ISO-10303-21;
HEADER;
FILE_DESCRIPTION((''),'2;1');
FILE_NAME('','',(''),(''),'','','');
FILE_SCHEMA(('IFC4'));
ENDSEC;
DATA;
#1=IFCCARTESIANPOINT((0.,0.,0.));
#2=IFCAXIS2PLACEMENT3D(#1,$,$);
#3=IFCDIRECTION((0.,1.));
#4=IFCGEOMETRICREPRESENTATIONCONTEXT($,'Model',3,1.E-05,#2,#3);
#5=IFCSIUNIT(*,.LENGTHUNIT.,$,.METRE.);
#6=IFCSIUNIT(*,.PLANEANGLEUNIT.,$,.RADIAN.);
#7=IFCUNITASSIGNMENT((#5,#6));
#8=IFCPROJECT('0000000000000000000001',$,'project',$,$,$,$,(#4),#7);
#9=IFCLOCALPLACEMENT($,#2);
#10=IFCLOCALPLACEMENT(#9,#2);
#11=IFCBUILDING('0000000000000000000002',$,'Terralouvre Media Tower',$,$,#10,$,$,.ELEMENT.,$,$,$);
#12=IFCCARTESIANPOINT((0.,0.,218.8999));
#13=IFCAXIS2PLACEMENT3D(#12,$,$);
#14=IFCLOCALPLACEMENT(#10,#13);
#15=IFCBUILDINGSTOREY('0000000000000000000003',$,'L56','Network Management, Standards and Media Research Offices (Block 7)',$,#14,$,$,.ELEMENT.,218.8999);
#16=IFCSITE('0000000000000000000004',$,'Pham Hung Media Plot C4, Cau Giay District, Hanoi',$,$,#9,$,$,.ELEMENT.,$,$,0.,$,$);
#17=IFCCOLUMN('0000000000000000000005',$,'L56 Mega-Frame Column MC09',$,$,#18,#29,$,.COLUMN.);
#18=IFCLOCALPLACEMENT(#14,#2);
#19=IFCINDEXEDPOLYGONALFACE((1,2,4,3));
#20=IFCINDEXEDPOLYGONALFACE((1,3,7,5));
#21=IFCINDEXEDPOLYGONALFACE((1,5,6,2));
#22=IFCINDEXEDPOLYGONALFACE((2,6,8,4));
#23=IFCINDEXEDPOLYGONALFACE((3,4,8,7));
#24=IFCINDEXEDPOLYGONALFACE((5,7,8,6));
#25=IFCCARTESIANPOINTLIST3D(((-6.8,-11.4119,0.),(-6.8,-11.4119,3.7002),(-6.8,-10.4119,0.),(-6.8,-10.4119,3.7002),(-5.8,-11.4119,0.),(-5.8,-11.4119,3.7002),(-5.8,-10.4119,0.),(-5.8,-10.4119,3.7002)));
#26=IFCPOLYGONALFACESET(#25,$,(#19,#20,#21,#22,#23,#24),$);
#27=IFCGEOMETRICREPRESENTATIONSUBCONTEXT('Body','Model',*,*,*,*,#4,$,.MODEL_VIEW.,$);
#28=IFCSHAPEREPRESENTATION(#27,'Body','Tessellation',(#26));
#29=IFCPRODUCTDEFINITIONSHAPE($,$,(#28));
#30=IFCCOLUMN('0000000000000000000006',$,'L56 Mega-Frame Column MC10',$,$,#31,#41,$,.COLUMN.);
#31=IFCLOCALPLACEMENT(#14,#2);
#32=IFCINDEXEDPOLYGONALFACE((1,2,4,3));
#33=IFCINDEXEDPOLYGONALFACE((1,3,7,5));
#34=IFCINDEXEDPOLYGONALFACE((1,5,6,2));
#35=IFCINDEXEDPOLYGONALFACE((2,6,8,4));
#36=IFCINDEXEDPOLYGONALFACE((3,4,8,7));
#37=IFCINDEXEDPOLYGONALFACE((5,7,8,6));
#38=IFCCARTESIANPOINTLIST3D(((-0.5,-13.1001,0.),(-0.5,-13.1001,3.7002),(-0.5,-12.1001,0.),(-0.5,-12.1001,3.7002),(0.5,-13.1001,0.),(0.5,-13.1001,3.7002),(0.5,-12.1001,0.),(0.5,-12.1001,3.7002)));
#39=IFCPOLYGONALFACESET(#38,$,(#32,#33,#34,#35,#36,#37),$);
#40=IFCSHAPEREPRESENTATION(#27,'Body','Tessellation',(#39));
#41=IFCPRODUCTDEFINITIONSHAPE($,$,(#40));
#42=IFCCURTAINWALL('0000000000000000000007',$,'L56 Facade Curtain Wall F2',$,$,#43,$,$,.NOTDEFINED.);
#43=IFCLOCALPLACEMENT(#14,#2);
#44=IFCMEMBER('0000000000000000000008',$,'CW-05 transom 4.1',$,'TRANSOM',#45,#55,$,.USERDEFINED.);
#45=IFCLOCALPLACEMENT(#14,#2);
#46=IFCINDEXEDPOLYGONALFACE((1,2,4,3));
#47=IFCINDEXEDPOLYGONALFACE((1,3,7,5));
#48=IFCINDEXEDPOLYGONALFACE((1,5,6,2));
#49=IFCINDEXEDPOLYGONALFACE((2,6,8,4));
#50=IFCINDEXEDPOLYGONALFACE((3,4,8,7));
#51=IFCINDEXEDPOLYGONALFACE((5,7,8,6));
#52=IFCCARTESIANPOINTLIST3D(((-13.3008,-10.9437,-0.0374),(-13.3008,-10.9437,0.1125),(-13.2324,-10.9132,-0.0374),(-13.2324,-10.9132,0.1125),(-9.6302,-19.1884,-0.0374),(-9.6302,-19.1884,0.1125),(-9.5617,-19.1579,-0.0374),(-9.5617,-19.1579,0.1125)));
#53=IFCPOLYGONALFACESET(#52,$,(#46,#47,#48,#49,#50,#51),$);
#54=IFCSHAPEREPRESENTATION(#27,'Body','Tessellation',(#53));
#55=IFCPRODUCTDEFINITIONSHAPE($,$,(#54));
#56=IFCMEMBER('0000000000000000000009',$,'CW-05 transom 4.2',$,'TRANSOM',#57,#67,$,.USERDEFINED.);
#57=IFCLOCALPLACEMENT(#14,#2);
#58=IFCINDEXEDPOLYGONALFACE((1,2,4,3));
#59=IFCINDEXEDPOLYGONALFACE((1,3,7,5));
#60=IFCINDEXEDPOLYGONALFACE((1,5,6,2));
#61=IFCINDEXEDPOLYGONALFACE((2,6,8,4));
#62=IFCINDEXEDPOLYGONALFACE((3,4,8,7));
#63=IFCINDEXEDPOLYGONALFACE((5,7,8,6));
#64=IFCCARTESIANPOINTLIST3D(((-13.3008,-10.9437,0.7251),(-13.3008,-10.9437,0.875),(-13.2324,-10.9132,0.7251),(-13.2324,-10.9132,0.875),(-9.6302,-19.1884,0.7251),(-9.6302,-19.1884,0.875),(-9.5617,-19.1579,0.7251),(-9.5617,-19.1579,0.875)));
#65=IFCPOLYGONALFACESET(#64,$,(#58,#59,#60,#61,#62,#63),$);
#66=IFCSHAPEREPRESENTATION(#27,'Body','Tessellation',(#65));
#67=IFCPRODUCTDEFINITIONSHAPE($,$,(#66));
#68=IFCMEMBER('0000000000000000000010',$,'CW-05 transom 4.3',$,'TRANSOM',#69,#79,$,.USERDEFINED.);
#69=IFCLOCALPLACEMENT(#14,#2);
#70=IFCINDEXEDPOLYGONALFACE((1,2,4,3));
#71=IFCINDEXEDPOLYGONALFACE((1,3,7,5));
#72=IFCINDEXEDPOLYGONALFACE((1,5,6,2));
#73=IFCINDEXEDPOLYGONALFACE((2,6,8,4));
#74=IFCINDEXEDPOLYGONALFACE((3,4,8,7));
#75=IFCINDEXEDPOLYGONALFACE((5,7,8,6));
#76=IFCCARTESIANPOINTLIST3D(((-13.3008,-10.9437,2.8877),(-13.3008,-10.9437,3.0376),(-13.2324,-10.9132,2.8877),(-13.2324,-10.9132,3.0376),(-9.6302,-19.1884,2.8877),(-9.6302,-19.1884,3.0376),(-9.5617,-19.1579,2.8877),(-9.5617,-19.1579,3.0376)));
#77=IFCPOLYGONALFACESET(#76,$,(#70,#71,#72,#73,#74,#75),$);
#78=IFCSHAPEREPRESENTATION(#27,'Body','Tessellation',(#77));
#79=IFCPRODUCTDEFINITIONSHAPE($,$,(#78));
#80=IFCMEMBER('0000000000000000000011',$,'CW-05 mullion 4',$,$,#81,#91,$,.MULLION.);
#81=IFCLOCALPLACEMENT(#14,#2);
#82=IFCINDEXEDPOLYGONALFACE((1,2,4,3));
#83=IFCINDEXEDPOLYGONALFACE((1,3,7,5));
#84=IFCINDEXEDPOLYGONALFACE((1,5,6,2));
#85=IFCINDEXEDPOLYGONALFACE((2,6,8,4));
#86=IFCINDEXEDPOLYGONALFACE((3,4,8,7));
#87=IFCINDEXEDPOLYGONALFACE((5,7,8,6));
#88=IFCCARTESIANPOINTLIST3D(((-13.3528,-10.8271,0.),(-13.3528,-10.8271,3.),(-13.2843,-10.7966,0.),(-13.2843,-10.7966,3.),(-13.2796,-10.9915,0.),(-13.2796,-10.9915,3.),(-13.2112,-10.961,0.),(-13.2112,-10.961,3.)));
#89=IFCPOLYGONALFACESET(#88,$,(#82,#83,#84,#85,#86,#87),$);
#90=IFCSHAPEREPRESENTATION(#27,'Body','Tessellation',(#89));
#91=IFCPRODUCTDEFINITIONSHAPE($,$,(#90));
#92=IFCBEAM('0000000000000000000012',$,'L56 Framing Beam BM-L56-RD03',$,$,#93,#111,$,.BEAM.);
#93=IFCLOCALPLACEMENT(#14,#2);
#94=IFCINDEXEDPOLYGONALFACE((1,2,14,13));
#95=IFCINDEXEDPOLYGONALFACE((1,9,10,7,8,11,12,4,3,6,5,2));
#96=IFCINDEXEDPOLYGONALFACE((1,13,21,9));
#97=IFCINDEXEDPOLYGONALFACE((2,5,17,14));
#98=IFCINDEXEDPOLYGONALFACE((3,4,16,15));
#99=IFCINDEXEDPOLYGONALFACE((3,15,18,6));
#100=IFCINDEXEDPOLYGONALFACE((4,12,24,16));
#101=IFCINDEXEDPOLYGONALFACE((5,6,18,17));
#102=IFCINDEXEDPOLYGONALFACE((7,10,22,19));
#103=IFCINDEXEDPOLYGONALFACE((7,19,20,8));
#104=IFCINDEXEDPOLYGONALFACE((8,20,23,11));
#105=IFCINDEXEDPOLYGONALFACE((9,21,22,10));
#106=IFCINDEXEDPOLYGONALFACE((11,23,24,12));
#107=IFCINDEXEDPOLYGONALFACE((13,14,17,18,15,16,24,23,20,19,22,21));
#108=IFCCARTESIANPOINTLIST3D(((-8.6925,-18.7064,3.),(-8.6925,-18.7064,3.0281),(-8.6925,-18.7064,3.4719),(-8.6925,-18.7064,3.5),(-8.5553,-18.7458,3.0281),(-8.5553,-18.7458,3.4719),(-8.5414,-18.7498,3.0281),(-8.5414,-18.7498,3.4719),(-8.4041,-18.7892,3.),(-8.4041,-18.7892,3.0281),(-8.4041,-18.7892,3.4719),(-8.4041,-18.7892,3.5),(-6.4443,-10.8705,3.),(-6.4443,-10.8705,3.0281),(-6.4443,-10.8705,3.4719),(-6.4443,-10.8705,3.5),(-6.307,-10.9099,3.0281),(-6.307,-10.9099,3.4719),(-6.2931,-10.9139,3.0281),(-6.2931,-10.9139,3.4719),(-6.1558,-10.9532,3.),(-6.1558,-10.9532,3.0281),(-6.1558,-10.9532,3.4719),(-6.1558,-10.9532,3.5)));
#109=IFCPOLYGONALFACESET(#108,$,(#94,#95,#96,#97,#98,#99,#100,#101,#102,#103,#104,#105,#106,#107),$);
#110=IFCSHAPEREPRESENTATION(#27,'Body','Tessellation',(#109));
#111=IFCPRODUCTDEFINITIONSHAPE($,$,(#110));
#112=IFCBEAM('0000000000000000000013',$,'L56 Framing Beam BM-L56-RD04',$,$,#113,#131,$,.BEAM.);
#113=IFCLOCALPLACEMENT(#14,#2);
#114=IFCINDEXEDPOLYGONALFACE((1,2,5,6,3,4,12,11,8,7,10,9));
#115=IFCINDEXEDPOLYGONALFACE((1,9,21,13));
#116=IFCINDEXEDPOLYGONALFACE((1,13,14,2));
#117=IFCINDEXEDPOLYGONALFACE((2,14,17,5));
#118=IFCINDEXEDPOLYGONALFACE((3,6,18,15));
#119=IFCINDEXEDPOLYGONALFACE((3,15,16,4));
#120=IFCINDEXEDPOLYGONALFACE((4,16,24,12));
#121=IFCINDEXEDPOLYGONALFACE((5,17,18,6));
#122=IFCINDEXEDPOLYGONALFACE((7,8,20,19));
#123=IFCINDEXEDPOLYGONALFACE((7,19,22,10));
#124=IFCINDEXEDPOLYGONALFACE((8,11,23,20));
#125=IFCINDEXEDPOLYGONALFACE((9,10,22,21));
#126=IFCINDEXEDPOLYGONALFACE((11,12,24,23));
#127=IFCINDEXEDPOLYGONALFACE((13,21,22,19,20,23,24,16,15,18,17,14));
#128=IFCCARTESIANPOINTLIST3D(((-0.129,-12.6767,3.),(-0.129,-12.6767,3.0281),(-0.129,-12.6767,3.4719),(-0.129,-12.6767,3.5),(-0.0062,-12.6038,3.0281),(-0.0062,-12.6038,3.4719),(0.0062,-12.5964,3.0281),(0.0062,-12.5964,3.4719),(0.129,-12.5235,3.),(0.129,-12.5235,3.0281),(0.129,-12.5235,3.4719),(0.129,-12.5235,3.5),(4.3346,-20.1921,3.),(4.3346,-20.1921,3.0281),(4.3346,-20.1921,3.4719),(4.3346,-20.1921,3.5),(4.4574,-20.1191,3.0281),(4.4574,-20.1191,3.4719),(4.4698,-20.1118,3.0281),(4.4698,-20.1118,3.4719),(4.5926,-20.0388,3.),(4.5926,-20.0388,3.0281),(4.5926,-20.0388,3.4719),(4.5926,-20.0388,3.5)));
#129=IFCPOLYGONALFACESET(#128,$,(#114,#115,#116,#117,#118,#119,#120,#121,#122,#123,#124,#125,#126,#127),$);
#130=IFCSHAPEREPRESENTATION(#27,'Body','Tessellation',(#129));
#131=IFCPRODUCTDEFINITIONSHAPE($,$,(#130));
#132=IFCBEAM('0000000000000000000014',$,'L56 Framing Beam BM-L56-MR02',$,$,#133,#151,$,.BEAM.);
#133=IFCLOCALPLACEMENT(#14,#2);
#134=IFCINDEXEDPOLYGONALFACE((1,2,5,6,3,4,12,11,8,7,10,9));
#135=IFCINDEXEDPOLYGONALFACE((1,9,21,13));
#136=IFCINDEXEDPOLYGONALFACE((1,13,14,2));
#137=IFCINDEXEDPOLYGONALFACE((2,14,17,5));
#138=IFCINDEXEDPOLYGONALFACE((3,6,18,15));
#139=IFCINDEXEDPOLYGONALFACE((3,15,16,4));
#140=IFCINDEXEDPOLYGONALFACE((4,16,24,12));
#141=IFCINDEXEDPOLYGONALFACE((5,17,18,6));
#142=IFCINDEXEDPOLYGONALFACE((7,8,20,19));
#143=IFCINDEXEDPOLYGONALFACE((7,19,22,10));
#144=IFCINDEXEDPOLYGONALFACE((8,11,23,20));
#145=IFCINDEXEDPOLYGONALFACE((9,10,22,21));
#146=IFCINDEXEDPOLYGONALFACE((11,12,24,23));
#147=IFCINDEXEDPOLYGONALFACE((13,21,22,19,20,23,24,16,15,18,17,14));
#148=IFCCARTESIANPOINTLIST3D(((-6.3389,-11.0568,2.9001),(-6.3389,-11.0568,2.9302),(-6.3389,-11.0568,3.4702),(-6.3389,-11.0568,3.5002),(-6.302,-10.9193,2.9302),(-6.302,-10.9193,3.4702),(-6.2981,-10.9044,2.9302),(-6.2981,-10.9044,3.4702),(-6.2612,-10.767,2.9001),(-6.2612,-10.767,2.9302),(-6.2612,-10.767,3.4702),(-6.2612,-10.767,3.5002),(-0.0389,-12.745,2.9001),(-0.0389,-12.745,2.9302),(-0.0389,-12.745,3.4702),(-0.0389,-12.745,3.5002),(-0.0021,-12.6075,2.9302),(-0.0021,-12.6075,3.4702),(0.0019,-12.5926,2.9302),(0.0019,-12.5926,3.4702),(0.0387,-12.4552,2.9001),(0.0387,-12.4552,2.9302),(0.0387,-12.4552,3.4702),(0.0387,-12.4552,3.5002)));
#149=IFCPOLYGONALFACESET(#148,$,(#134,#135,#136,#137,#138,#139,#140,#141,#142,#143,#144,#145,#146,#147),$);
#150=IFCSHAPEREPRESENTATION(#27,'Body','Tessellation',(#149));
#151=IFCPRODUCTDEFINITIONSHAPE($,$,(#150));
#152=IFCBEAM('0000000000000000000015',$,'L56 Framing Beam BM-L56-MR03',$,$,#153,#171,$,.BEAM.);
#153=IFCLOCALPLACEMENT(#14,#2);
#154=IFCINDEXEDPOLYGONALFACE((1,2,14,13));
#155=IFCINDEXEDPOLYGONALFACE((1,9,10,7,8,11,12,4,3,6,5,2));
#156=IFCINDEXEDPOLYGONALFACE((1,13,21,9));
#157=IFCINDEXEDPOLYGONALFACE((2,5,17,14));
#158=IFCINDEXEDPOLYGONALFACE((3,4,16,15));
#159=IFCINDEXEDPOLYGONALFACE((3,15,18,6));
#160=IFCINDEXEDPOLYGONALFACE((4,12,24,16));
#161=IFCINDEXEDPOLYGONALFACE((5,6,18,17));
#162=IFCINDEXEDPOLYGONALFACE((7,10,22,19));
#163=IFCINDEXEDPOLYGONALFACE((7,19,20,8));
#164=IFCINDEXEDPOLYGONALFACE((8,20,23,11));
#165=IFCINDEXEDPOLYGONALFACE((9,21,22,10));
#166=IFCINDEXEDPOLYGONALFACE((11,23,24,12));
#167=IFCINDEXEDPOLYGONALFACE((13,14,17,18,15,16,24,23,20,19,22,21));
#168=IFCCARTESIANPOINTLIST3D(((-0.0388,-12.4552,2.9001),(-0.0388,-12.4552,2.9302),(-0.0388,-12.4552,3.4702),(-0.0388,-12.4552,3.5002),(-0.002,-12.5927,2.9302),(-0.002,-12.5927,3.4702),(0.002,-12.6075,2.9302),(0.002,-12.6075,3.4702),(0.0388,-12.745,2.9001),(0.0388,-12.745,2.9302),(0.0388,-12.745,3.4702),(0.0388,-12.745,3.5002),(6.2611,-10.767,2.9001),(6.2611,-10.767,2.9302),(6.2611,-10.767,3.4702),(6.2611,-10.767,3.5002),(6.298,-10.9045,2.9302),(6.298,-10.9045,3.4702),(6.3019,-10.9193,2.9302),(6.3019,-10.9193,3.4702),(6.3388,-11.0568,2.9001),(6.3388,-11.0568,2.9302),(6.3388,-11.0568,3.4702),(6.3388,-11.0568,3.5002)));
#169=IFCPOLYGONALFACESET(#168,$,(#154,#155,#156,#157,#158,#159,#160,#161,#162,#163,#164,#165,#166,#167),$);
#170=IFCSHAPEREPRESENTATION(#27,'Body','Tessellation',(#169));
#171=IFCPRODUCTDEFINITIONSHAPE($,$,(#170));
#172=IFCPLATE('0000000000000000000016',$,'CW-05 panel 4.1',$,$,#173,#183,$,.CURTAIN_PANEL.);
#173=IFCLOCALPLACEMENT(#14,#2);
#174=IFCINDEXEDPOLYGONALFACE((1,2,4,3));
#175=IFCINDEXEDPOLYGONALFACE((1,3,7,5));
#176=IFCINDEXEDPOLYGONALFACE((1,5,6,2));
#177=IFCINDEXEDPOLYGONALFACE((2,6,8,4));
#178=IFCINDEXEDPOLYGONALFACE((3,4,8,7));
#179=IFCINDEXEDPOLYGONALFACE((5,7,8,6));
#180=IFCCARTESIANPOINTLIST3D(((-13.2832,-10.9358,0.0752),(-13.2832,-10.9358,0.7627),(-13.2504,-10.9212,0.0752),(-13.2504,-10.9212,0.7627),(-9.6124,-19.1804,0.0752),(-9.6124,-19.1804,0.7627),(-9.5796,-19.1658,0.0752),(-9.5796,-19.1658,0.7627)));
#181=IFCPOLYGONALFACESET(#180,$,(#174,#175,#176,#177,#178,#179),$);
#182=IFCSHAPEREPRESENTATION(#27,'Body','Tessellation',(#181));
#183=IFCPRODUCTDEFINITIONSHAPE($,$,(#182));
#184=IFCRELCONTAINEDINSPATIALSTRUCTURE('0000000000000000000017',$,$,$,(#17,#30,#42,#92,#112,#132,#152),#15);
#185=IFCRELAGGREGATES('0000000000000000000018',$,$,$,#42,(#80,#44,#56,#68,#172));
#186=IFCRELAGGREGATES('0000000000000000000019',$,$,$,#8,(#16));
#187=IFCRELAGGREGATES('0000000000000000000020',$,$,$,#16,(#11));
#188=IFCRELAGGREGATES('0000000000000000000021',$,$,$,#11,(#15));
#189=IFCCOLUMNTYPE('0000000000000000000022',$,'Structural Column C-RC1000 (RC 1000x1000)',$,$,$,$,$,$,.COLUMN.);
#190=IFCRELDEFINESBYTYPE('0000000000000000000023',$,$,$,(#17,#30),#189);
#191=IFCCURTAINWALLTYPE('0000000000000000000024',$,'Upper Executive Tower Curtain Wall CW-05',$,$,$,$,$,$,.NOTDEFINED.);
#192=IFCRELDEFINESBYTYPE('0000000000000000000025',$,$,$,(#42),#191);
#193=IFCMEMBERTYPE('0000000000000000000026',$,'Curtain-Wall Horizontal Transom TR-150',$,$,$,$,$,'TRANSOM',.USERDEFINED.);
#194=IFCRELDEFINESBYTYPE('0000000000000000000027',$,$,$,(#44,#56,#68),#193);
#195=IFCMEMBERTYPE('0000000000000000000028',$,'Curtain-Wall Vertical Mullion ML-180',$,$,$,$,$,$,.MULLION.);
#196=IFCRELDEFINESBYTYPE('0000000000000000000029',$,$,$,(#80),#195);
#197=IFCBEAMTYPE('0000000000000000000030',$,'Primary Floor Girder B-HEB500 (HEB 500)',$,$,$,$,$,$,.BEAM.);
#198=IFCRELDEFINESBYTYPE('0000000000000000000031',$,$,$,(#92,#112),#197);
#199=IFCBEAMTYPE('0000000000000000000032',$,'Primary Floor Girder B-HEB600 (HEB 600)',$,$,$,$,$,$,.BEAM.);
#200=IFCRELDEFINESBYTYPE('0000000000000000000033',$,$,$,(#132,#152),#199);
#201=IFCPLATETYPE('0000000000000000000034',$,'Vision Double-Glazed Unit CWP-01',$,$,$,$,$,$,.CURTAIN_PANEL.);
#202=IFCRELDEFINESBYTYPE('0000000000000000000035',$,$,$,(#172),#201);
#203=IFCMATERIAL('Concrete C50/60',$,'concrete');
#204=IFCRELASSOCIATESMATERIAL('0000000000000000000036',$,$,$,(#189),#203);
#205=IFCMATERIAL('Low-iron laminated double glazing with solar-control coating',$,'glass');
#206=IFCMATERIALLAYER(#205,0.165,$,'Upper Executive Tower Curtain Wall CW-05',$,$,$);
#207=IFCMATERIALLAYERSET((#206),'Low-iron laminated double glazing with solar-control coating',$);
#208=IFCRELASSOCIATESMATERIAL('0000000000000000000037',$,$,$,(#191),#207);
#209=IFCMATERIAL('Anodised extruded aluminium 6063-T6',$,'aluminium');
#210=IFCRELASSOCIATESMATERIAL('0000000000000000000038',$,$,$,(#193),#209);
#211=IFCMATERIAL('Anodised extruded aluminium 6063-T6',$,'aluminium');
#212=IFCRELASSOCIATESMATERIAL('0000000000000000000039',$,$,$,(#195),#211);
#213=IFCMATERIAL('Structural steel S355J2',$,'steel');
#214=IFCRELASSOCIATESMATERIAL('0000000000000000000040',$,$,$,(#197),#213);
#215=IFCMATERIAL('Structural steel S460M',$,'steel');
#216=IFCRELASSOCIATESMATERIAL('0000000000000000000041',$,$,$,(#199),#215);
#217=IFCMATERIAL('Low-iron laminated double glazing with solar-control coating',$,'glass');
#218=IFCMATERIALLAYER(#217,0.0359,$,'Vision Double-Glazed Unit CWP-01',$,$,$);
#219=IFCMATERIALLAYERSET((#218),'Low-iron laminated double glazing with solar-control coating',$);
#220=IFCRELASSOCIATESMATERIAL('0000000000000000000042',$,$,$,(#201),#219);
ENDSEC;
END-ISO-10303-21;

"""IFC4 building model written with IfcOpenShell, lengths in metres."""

from ifc_helpers import new_model, si_unit, direction, frame, origin, origin_2d, place, context, subcontext, project, spatial, rectangle, i_section, extrude, material, layer, layer_set, material_profile, profile_set, type_object, element, aggregate, save


model = new_model("IFC4")

# Units and contexts
model_context = context("Model", 3, precision=1e-05, world=origin(), true_north=direction((0.0, 1.0)))
body_context = subcontext(model_context, "Body", "Model", "MODEL_VIEW")
ifc_project = project(units=[si_unit("LENGTHUNIT", "METRE"), si_unit("PLANEANGLEUNIT", "RADIAN")], contexts=[model_context])

# Site, building, storey
site_placement = place(None, origin())
site = spatial("IfcSite", under=ifc_project, at=site_placement, Name="Pham Hung Media Plot C4, Cau Giay District, Hanoi", CompositionType="ELEMENT", RefElevation=0.0)
building_placement = place(site_placement, origin())
building = spatial("IfcBuilding", under=site, at=building_placement, Name="Terralouvre Media Tower", CompositionType="ELEMENT")
storey_placement = place(building_placement, frame((0.0, 0.0, 218.8999)))
storey = spatial("IfcBuildingStorey", under=building, at=storey_placement, Name="L56", Description="Network Management, Standards and Media Research Offices (Block 7)", CompositionType="ELEMENT", Elevation=218.8999)

# Columns
ifc_material_1 = material(Name="Concrete C50/60", Category="concrete")
ifc_material_profile_1 = material_profile(ifc_material_1, rectangle(XDim=1.0, YDim=1.0, at=origin_2d()), Name="RC 1000x1000")
ifc_profile_set_1 = profile_set([ifc_material_profile_1], Name="Concrete C50/60")
column_type = type_object("IfcColumnType", Name="Structural Column C-RC1000 (RC 1000x1000)", PredefinedType="COLUMN", material=ifc_profile_set_1)
for number, where, z_axis, x_axis, name in (
    (1, (-6.3, -10.9119, 0.0), (0.0, 0.0, 1.0), (1.0, 0.0, 0.0), "L56 Mega-Frame Column MC09"),
    (2, (0.0, -12.6001, 0.0), (0.0, 0.0, 1.0), (1.0, 0.0, 0.0), "L56 Mega-Frame Column MC10"),
):
    element("IfcColumn", number, at=place(storey_placement, frame(where, z_axis=z_axis, x_axis=x_axis)), inside=storey, type_object=column_type, Name=name, PredefinedType="COLUMN", context=body_context, shape_type="SweptSolid", body=[
        extrude(rectangle(XDim=1.0, YDim=1.0, at=origin_2d()), origin(), (0.0, 0.0, 1.0), 3.7002),
    ])

# Curtain wall, members
ifc_material_2 = material(Name="Low-iron laminated double glazing with solar-control coating", Category="glass")
ifc_layer_1 = layer(ifc_material_2, 0.165, Name="Upper Executive Tower Curtain Wall CW-05")
ifc_layer_set_1 = layer_set([ifc_layer_1], Name="Low-iron laminated double glazing with solar-control coating")
curtain_wall_type = type_object("IfcCurtainWallType", Name="Upper Executive Tower Curtain Wall CW-05", PredefinedType="NOTDEFINED", material=ifc_layer_set_1)
curtain_wall_placement = place(storey_placement, origin())
curtain_wall = element("IfcCurtainWall", 3, at=curtain_wall_placement, inside=storey, type_object=curtain_wall_type, Name="L56 Facade Curtain Wall F2", PredefinedType="NOTDEFINED")
ifc_material_3 = material(Name="Anodised extruded aluminium 6063-T6", Category="aluminium")
ifc_material_profile_2 = material_profile(ifc_material_3, rectangle(XDim=0.075, YDim=0.1499, at=origin_2d()), Name="ALU 75x150")
ifc_profile_set_2 = profile_set([ifc_material_profile_2], Name="Anodised extruded aluminium 6063-T6")
member_type_1 = type_object("IfcMemberType", Name="Curtain-Wall Horizontal Transom TR-150", ElementType="TRANSOM", PredefinedType="USERDEFINED", material=ifc_profile_set_2)
member_1_placement = place(storey_placement, frame((-13.2666, -10.9285, 0.0376), z_axis=(0.406728, -0.913549, 0.0), x_axis=(0.913549, 0.406728, 0.0)))
member_1 = element("IfcMember", 4, at=member_1_placement, type_object=member_type_1, Name="CW-05 transom 4.1", ObjectType="TRANSOM", PredefinedType="USERDEFINED", context=body_context, shape_type="SweptSolid", body=[
    extrude(rectangle(XDim=0.075, YDim=0.1499, at=origin_2d()), origin(), (0.0, 0.0, 1.0), 9.0249),
])
member_2_placement = place(storey_placement, frame((-13.2666, -10.9285, 0.8), z_axis=(0.406728, -0.913549, 0.0), x_axis=(0.913549, 0.406728, 0.0)))
member_2 = element("IfcMember", 5, at=member_2_placement, type_object=member_type_1, Name="CW-05 transom 4.2", ObjectType="TRANSOM", PredefinedType="USERDEFINED", context=body_context, shape_type="SweptSolid", body=[
    extrude(rectangle(XDim=0.075, YDim=0.1499, at=origin_2d()), origin(), (0.0, 0.0, 1.0), 9.0249),
])
member_3_placement = place(storey_placement, frame((-13.2666, -10.9285, 2.9626), z_axis=(0.406728, -0.913549, 0.0), x_axis=(0.913549, 0.406728, 0.0)))
member_3 = element("IfcMember", 6, at=member_3_placement, type_object=member_type_1, Name="CW-05 transom 4.3", ObjectType="TRANSOM", PredefinedType="USERDEFINED", context=body_context, shape_type="SweptSolid", body=[
    extrude(rectangle(XDim=0.075, YDim=0.1499, at=origin_2d()), origin(), (0.0, 0.0, 1.0), 9.0249),
])
ifc_material_4 = material(Name="Anodised extruded aluminium 6063-T6", Category="aluminium")
ifc_material_profile_3 = material_profile(ifc_material_4, rectangle(XDim=0.075, YDim=0.1799, at=origin_2d()), Name="ALU 75x180")
ifc_profile_set_3 = profile_set([ifc_material_profile_3], Name="Anodised extruded aluminium 6063-T6")
member_type_2 = type_object("IfcMemberType", Name="Curtain-Wall Vertical Mullion ML-180", PredefinedType="MULLION", material=ifc_profile_set_3)
member_4_placement = place(storey_placement, frame((-13.282, -10.894, 0.0), z_axis=(0.0, 0.0, 1.0), x_axis=(0.913545, 0.406737, 0.0)))
member_4 = element("IfcMember", 7, at=member_4_placement, type_object=member_type_2, Name="CW-05 mullion 4", PredefinedType="MULLION", context=body_context, shape_type="SweptSolid", body=[
    extrude(rectangle(XDim=0.075, YDim=0.1799, at=origin_2d()), origin(), (0.0, 0.0, 1.0), 3.0),
])

# Beams
ifc_material_5 = material(Name="Structural steel S355J2", Category="steel")
ifc_material_profile_4 = material_profile(ifc_material_5, i_section(OverallWidth=0.3, OverallDepth=0.5, WebThickness=0.0144, FlangeThickness=0.0281, at=origin_2d()), Name="HEB 500")
ifc_profile_set_4 = profile_set([ifc_material_profile_4], Name="Structural steel S355J2")
beam_type_1 = type_object("IfcBeamType", Name="Primary Floor Girder B-HEB500 (HEB 500)", PredefinedType="BEAM", material=ifc_profile_set_4)
beam_1_placement = place(storey_placement, frame((-6.3, -10.9119, 3.25), z_axis=(-0.275793, -0.961217, 0.0), x_axis=(0.961217, -0.275793, 0.0)))
element("IfcBeam", 8, at=beam_1_placement, inside=storey, type_object=beam_type_1, Name="L56 Framing Beam BM-L56-RD03", PredefinedType="BEAM", context=body_context, shape_type="SweptSolid", body=[
    extrude(i_section(OverallWidth=0.3, OverallDepth=0.5, WebThickness=0.0144, FlangeThickness=0.0281, at=origin_2d()), origin(), (0.0, 0.0, 1.0), 8.1521),
])
beam_2_placement = place(storey_placement, frame((0.0, -12.6001, 3.25), z_axis=(0.510654, -0.859786, 0.0), x_axis=(0.859786, 0.510654, 0.0)))
element("IfcBeam", 9, at=beam_2_placement, inside=storey, type_object=beam_type_1, Name="L56 Framing Beam BM-L56-RD04", PredefinedType="BEAM", context=body_context, shape_type="SweptSolid", body=[
    extrude(i_section(OverallWidth=0.3, OverallDepth=0.5, WebThickness=0.0144, FlangeThickness=0.0281, at=origin_2d()), origin(), (0.0, 0.0, 1.0), 8.741),
])
ifc_material_6 = material(Name="Structural steel S460M", Category="steel")
ifc_material_profile_5 = material_profile(ifc_material_6, i_section(OverallWidth=0.3, OverallDepth=0.6001, WebThickness=0.0154, FlangeThickness=0.03, at=origin_2d()), Name="HEB 600")
ifc_profile_set_5 = profile_set([ifc_material_profile_5], Name="Structural steel S460M")
beam_type_2 = type_object("IfcBeamType", Name="Primary Floor Girder B-HEB600 (HEB 600)", PredefinedType="BEAM", material=ifc_profile_set_5)
for number, where, z_axis, x_axis, name in (
    (10, (-6.3, -10.9119, 3.2002), (0.96592, -0.258839, 0.0), (0.258839, 0.96592, 0.0), "L56 Framing Beam BM-L56-MR02"),
    (11, (0.0, -12.6001, 3.2002), (0.96592, 0.258839, 0.0), (-0.258839, 0.96592, 0.0), "L56 Framing Beam BM-L56-MR03"),
):
    element("IfcBeam", number, at=place(storey_placement, frame(where, z_axis=z_axis, x_axis=x_axis)), inside=storey, type_object=beam_type_2, Name=name, PredefinedType="BEAM", context=body_context, shape_type="SweptSolid", body=[
        extrude(i_section(OverallWidth=0.3, OverallDepth=0.6001, WebThickness=0.0154, FlangeThickness=0.03, at=origin_2d()), origin(), (0.0, 0.0, 1.0), 6.5222),
    ])

# Plate
ifc_material_7 = material(Name="Low-iron laminated double glazing with solar-control coating", Category="glass")
ifc_layer_2 = layer(ifc_material_7, 0.0359, Name="Vision Double-Glazed Unit CWP-01")
ifc_layer_set_2 = layer_set([ifc_layer_2], Name="Low-iron laminated double glazing with solar-control coating")
plate_type = type_object("IfcPlateType", Name="Vision Double-Glazed Unit CWP-01", PredefinedType="CURTAIN_PANEL", material=ifc_layer_set_2)
plate_1_placement = place(storey_placement, frame((-11.4314, -15.0508, 0.0752), z_axis=(0.0, 0.0, 1.0), x_axis=(0.406737, -0.913545, 0.0)))
plate_1 = element("IfcPlate", 12, at=plate_1_placement, type_object=plate_type, Name="CW-05 panel 4.1", PredefinedType="CURTAIN_PANEL", context=body_context, shape_type="SweptSolid", body=[
    extrude(rectangle(XDim=9.0249, YDim=0.0359, at=origin_2d()), origin(), (0.0, 0.0, 1.0), 0.6875),
])
aggregate(curtain_wall, [member_4, member_1, member_2, member_3, plate_1])

save(model, "model.ifc")
